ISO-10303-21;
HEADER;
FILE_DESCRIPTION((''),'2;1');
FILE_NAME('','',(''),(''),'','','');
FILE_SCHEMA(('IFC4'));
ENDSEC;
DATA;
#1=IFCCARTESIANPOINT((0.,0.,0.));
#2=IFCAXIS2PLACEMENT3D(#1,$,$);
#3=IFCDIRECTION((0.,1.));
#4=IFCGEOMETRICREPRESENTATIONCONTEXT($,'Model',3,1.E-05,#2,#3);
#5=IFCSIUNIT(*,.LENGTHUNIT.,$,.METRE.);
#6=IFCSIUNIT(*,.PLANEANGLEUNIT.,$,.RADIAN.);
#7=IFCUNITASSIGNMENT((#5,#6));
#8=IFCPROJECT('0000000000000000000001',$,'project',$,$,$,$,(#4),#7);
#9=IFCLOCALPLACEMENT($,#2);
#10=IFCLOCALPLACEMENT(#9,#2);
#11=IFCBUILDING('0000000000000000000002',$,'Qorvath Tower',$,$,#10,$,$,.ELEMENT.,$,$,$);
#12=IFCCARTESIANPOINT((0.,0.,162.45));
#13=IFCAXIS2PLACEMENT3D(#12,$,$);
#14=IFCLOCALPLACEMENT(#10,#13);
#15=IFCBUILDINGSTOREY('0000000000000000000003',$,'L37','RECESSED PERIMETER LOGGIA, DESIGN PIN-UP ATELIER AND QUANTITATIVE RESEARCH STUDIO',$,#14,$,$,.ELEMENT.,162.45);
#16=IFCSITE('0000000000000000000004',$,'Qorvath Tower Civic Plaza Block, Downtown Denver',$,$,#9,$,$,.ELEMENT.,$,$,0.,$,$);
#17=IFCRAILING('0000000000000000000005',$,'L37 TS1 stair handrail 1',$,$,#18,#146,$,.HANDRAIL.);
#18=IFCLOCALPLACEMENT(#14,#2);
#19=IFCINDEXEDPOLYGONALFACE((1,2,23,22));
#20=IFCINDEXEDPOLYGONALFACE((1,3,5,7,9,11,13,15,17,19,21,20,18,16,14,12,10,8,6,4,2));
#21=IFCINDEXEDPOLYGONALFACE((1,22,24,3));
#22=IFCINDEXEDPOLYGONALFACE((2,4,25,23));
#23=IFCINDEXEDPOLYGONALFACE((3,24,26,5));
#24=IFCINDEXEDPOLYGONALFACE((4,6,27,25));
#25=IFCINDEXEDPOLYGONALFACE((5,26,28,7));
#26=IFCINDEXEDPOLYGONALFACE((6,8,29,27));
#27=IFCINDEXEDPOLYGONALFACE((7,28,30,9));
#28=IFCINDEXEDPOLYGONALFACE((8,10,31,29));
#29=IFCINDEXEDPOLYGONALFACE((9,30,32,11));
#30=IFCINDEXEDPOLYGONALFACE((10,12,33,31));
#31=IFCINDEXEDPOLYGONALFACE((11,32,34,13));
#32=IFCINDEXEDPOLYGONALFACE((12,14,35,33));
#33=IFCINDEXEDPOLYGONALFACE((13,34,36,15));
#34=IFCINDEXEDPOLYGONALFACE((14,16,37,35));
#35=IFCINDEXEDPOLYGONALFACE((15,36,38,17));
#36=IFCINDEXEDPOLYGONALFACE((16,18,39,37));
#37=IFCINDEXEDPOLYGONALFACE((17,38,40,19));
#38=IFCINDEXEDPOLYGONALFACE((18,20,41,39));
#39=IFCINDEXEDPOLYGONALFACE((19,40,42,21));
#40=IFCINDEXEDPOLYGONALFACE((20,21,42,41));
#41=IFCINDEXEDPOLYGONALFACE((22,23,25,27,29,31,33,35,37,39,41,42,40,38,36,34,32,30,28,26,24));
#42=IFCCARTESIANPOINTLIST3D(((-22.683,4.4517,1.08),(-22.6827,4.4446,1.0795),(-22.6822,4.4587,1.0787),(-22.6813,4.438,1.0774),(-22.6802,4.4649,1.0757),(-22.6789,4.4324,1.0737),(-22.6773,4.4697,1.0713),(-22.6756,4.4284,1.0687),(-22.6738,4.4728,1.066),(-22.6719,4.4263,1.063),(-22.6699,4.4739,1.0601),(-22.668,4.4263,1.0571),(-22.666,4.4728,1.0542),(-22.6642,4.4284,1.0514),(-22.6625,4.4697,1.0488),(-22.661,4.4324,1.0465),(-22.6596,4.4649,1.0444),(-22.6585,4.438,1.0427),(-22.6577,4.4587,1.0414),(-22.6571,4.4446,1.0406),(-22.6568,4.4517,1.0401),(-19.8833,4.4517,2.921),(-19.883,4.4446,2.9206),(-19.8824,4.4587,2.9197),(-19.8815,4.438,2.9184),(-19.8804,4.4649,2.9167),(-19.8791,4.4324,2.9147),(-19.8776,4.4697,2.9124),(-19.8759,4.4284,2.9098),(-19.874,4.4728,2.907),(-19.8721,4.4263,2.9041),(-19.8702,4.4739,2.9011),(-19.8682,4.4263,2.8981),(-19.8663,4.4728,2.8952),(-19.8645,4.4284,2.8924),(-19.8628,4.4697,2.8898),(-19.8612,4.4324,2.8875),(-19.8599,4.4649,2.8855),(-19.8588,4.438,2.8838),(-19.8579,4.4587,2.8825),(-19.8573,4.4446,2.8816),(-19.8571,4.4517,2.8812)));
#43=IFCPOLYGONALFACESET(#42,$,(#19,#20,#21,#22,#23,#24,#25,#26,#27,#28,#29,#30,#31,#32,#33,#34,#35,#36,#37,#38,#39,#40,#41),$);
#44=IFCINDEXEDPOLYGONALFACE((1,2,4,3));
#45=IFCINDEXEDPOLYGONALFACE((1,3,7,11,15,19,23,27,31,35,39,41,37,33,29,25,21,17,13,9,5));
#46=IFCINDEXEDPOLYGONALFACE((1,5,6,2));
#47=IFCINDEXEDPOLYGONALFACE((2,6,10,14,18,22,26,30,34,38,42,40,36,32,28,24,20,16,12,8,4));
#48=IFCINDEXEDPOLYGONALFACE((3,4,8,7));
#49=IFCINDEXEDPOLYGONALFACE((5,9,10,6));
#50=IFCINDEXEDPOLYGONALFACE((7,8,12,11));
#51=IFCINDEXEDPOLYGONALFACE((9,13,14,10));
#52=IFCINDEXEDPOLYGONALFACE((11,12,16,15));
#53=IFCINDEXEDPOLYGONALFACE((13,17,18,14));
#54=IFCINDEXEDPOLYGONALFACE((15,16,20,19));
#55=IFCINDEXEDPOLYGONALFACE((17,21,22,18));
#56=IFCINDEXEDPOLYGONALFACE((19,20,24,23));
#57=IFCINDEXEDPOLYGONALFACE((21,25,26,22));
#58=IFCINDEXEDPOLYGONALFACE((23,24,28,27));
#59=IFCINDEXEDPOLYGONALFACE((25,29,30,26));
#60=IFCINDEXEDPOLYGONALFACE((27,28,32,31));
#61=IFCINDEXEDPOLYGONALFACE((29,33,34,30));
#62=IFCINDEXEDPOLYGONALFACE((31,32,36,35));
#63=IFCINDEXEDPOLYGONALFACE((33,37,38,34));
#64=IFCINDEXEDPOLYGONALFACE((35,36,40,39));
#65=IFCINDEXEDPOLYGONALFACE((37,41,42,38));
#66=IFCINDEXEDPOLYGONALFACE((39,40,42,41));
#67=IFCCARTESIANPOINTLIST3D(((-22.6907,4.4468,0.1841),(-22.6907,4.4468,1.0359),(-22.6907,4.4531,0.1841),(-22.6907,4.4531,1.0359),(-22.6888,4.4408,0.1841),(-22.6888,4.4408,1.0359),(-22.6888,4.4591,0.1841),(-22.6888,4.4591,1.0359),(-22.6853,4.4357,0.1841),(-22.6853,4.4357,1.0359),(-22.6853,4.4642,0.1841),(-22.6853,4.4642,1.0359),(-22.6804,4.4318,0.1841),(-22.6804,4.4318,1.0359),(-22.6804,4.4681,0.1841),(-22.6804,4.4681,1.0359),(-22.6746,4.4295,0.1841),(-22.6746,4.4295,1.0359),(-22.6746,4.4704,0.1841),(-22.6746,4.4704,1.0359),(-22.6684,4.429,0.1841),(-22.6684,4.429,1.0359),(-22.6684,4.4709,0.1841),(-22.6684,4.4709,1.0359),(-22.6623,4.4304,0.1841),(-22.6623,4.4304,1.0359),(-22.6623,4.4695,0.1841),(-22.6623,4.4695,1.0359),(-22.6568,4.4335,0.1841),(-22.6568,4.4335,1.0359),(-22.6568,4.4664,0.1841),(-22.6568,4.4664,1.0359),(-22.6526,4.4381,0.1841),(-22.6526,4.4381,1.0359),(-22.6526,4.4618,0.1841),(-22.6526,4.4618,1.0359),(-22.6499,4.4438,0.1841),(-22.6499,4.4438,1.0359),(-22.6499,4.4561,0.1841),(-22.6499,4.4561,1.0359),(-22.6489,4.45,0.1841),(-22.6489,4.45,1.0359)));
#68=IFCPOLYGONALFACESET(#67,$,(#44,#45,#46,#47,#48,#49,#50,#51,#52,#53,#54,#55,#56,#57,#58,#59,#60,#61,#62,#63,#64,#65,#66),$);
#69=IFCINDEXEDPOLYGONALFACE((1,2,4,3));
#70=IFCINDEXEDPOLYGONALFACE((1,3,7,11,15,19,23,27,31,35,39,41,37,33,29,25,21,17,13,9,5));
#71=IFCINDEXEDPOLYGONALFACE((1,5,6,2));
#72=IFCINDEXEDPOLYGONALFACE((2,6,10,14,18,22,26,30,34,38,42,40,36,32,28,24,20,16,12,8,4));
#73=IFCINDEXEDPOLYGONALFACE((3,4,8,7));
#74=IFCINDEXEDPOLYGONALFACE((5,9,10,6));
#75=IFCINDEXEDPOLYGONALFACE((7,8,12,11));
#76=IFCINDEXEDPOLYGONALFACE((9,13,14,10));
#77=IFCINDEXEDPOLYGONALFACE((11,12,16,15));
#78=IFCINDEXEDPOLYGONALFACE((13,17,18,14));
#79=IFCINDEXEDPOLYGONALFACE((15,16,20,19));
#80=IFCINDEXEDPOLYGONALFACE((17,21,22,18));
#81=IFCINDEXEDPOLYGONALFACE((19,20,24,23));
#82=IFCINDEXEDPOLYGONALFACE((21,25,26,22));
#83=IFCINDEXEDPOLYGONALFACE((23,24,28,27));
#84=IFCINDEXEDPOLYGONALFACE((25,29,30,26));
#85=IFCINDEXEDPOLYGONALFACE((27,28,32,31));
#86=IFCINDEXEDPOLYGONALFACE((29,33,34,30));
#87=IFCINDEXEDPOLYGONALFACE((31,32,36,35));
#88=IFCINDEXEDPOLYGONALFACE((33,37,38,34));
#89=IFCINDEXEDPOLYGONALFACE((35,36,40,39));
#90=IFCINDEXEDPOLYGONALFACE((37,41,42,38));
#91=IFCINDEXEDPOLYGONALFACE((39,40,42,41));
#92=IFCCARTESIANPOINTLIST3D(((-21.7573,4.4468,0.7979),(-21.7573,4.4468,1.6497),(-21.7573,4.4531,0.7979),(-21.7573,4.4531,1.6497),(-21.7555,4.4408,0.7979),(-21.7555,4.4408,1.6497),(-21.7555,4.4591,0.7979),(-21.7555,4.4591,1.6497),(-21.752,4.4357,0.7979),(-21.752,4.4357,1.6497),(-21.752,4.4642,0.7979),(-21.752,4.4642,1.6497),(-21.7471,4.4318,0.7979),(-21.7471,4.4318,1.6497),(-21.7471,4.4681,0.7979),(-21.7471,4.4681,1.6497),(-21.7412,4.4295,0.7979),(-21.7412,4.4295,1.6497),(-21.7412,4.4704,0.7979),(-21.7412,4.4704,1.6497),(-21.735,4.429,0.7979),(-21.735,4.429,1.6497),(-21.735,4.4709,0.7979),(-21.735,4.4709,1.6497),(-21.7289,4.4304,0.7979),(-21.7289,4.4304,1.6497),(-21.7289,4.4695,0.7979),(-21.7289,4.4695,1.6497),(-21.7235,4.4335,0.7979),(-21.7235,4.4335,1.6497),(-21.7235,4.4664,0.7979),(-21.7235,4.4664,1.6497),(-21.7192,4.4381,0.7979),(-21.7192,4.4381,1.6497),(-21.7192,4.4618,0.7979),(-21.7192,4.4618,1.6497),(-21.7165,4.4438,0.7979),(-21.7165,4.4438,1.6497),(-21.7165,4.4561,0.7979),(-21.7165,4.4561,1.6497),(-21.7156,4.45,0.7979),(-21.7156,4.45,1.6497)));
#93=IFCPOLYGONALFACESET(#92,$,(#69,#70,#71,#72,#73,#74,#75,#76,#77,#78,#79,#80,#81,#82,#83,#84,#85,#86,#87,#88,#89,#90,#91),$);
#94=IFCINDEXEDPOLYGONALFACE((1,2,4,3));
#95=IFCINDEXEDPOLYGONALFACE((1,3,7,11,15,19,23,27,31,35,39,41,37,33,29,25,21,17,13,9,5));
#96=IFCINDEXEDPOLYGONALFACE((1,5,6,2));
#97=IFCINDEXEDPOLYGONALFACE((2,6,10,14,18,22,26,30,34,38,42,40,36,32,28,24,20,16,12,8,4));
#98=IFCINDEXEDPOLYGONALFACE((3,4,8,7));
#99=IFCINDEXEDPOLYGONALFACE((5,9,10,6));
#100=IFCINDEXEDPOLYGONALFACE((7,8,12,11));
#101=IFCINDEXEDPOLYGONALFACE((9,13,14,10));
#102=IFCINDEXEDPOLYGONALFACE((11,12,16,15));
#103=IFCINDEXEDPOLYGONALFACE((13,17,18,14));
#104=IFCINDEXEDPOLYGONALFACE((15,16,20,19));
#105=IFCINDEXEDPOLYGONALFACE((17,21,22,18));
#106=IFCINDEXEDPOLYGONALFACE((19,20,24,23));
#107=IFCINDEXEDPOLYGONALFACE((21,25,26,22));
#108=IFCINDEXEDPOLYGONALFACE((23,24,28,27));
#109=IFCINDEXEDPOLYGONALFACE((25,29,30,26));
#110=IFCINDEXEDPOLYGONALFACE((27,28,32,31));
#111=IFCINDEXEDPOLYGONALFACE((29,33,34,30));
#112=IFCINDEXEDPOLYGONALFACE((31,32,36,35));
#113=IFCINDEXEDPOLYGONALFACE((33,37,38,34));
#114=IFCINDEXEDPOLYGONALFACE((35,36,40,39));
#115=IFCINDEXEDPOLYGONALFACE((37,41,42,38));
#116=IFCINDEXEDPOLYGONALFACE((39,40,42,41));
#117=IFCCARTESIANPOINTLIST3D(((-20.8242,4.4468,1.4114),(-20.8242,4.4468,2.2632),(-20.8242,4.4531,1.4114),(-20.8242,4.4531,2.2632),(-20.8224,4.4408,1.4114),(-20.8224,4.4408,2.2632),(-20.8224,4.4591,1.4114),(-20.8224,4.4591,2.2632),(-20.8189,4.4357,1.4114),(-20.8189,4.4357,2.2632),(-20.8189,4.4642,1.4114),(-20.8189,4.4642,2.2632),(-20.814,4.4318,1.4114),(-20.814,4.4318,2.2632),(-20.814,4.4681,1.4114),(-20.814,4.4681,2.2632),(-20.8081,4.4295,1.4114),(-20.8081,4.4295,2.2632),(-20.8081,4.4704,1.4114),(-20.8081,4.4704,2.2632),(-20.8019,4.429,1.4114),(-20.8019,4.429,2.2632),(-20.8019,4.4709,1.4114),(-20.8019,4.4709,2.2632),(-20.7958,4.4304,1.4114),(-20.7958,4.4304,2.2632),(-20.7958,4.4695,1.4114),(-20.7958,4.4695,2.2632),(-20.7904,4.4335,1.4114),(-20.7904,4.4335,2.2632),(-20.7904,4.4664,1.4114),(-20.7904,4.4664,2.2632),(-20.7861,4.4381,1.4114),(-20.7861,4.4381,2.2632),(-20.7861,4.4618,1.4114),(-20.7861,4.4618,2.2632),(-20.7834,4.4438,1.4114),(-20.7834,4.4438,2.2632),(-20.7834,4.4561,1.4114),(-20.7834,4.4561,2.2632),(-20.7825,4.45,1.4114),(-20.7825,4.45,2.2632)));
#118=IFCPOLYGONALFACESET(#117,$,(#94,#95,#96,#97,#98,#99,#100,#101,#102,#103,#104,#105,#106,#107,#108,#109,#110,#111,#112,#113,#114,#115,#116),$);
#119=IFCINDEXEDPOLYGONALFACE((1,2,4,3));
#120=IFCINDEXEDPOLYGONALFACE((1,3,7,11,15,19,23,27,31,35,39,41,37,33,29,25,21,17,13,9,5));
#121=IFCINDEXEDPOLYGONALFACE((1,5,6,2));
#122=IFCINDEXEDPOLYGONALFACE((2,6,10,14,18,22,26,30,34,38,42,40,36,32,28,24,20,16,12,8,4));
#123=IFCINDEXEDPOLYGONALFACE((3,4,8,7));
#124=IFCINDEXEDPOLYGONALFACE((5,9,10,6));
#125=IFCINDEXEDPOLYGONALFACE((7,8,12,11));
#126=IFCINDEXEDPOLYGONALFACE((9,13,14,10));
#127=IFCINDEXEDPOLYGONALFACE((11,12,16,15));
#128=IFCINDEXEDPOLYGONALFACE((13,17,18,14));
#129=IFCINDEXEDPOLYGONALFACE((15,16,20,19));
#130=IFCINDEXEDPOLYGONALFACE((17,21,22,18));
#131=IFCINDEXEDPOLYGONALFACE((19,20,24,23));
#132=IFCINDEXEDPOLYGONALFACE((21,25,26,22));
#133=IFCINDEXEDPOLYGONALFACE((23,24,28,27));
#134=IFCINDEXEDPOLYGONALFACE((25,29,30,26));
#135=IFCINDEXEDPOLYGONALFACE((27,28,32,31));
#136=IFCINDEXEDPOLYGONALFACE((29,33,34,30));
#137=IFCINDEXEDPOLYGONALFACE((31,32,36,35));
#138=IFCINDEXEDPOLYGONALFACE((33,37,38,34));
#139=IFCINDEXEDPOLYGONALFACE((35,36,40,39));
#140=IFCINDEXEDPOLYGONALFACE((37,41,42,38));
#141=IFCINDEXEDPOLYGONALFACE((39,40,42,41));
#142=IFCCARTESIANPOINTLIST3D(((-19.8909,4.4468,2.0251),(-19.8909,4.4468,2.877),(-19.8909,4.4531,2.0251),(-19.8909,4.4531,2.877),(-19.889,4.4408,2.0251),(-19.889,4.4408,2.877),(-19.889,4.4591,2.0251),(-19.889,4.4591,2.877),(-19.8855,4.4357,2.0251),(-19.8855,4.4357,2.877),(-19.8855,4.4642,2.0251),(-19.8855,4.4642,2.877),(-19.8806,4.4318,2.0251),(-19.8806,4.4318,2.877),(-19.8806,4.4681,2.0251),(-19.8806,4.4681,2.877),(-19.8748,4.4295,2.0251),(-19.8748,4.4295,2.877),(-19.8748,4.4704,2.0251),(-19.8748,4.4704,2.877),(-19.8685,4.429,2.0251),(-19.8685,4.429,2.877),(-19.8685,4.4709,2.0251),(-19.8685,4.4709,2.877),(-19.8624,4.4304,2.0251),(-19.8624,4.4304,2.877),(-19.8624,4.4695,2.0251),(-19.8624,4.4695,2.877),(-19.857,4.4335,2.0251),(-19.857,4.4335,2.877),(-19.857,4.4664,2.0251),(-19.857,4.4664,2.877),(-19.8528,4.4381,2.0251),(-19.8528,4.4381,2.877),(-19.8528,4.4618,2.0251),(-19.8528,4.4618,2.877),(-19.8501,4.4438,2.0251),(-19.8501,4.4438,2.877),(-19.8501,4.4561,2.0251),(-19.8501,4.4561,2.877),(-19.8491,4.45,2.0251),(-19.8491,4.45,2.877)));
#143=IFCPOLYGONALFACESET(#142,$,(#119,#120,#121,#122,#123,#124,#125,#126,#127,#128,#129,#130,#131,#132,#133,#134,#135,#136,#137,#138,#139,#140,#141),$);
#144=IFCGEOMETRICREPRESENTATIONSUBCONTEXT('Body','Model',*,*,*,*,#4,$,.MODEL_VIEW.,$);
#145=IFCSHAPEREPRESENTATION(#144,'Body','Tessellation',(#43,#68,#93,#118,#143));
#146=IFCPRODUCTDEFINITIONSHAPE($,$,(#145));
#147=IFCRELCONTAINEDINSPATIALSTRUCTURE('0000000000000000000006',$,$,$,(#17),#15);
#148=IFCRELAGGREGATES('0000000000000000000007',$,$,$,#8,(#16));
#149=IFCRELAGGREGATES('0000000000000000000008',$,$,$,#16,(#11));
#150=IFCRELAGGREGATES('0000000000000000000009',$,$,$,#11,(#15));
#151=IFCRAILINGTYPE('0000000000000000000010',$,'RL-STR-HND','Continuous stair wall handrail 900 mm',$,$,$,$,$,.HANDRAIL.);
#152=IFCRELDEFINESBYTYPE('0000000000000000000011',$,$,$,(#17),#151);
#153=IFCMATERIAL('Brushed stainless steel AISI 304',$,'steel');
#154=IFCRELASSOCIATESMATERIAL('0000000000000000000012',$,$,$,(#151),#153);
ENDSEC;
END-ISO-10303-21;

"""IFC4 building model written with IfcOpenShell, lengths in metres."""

from ifc_helpers import new_model, si_unit, direction, frame, origin, origin_2d, place, context, subcontext, project, spatial, circle, extrude, material, type_object, element, save


model = new_model("IFC4")

# Units and contexts
model_context = context("Model", 3, precision=1e-05, world=origin(), true_north=direction((0.0, 1.0)))
body_context = subcontext(model_context, "Body", "Model", "MODEL_VIEW")
ifc_project = project(units=[si_unit("LENGTHUNIT", "METRE"), si_unit("PLANEANGLEUNIT", "RADIAN")], contexts=[model_context])

# Site, building, storey
site_placement = place(None, origin())
site = spatial("IfcSite", under=ifc_project, at=site_placement, Name="Qorvath Tower Civic Plaza Block, Downtown Denver", CompositionType="ELEMENT", RefElevation=0.0)
building_placement = place(site_placement, origin())
building = spatial("IfcBuilding", under=site, at=building_placement, Name="Qorvath Tower", CompositionType="ELEMENT")
storey_placement = place(building_placement, frame((0.0, 0.0, 162.45)))
storey = spatial("IfcBuildingStorey", under=building, at=storey_placement, Name="L37", Description="RECESSED PERIMETER LOGGIA, DESIGN PIN-UP ATELIER AND QUANTITATIVE RESEARCH STUDIO", CompositionType="ELEMENT", Elevation=162.45)

# Railing
ifc_material_1 = material(Name="Brushed stainless steel AISI 304", Category="steel")
railing_type_1 = type_object("IfcRailingType", Name="RL-STR-HND", Description="Continuous stair wall handrail 900 mm", PredefinedType="HANDRAIL", material=ifc_material_1)
railing_1_placement = place(storey_placement, frame((-22.6699, 4.45, 0.1841)))
element("IfcRailing", 1, at=railing_1_placement, inside=storey, type_object=railing_type_1, Name="L37 TS1 stair handrail 1", PredefinedType="HANDRAIL", context=body_context, shape_type="SweptSolid", body=[
    extrude(circle(Radius=0.0239, at=origin_2d()), frame((0.0, 0.0, 0.876), z_axis=(0.835542, 0.0, 0.549426), x_axis=(0.0, 1.0, 0.0)), (0.0, 0.0, 1.0), 3.3508),
    extrude(circle(Radius=0.021, at=origin_2d()), origin(), (0.0, 0.0, 1.0), 0.8518),
    extrude(circle(Radius=0.021, at=origin_2d()), frame((0.9333, 0.0, 0.6138)), (0.0, 0.0, 1.0), 0.8518),
    extrude(circle(Radius=0.021, at=origin_2d()), frame((1.8665, 0.0, 1.2273)), (0.0, 0.0, 1.0), 0.8518),
    extrude(circle(Radius=0.021, at=origin_2d()), frame((2.7998, 0.0, 1.8411)), (0.0, 0.0, 1.0), 0.8518),
])

save(model, "model.ifc")
